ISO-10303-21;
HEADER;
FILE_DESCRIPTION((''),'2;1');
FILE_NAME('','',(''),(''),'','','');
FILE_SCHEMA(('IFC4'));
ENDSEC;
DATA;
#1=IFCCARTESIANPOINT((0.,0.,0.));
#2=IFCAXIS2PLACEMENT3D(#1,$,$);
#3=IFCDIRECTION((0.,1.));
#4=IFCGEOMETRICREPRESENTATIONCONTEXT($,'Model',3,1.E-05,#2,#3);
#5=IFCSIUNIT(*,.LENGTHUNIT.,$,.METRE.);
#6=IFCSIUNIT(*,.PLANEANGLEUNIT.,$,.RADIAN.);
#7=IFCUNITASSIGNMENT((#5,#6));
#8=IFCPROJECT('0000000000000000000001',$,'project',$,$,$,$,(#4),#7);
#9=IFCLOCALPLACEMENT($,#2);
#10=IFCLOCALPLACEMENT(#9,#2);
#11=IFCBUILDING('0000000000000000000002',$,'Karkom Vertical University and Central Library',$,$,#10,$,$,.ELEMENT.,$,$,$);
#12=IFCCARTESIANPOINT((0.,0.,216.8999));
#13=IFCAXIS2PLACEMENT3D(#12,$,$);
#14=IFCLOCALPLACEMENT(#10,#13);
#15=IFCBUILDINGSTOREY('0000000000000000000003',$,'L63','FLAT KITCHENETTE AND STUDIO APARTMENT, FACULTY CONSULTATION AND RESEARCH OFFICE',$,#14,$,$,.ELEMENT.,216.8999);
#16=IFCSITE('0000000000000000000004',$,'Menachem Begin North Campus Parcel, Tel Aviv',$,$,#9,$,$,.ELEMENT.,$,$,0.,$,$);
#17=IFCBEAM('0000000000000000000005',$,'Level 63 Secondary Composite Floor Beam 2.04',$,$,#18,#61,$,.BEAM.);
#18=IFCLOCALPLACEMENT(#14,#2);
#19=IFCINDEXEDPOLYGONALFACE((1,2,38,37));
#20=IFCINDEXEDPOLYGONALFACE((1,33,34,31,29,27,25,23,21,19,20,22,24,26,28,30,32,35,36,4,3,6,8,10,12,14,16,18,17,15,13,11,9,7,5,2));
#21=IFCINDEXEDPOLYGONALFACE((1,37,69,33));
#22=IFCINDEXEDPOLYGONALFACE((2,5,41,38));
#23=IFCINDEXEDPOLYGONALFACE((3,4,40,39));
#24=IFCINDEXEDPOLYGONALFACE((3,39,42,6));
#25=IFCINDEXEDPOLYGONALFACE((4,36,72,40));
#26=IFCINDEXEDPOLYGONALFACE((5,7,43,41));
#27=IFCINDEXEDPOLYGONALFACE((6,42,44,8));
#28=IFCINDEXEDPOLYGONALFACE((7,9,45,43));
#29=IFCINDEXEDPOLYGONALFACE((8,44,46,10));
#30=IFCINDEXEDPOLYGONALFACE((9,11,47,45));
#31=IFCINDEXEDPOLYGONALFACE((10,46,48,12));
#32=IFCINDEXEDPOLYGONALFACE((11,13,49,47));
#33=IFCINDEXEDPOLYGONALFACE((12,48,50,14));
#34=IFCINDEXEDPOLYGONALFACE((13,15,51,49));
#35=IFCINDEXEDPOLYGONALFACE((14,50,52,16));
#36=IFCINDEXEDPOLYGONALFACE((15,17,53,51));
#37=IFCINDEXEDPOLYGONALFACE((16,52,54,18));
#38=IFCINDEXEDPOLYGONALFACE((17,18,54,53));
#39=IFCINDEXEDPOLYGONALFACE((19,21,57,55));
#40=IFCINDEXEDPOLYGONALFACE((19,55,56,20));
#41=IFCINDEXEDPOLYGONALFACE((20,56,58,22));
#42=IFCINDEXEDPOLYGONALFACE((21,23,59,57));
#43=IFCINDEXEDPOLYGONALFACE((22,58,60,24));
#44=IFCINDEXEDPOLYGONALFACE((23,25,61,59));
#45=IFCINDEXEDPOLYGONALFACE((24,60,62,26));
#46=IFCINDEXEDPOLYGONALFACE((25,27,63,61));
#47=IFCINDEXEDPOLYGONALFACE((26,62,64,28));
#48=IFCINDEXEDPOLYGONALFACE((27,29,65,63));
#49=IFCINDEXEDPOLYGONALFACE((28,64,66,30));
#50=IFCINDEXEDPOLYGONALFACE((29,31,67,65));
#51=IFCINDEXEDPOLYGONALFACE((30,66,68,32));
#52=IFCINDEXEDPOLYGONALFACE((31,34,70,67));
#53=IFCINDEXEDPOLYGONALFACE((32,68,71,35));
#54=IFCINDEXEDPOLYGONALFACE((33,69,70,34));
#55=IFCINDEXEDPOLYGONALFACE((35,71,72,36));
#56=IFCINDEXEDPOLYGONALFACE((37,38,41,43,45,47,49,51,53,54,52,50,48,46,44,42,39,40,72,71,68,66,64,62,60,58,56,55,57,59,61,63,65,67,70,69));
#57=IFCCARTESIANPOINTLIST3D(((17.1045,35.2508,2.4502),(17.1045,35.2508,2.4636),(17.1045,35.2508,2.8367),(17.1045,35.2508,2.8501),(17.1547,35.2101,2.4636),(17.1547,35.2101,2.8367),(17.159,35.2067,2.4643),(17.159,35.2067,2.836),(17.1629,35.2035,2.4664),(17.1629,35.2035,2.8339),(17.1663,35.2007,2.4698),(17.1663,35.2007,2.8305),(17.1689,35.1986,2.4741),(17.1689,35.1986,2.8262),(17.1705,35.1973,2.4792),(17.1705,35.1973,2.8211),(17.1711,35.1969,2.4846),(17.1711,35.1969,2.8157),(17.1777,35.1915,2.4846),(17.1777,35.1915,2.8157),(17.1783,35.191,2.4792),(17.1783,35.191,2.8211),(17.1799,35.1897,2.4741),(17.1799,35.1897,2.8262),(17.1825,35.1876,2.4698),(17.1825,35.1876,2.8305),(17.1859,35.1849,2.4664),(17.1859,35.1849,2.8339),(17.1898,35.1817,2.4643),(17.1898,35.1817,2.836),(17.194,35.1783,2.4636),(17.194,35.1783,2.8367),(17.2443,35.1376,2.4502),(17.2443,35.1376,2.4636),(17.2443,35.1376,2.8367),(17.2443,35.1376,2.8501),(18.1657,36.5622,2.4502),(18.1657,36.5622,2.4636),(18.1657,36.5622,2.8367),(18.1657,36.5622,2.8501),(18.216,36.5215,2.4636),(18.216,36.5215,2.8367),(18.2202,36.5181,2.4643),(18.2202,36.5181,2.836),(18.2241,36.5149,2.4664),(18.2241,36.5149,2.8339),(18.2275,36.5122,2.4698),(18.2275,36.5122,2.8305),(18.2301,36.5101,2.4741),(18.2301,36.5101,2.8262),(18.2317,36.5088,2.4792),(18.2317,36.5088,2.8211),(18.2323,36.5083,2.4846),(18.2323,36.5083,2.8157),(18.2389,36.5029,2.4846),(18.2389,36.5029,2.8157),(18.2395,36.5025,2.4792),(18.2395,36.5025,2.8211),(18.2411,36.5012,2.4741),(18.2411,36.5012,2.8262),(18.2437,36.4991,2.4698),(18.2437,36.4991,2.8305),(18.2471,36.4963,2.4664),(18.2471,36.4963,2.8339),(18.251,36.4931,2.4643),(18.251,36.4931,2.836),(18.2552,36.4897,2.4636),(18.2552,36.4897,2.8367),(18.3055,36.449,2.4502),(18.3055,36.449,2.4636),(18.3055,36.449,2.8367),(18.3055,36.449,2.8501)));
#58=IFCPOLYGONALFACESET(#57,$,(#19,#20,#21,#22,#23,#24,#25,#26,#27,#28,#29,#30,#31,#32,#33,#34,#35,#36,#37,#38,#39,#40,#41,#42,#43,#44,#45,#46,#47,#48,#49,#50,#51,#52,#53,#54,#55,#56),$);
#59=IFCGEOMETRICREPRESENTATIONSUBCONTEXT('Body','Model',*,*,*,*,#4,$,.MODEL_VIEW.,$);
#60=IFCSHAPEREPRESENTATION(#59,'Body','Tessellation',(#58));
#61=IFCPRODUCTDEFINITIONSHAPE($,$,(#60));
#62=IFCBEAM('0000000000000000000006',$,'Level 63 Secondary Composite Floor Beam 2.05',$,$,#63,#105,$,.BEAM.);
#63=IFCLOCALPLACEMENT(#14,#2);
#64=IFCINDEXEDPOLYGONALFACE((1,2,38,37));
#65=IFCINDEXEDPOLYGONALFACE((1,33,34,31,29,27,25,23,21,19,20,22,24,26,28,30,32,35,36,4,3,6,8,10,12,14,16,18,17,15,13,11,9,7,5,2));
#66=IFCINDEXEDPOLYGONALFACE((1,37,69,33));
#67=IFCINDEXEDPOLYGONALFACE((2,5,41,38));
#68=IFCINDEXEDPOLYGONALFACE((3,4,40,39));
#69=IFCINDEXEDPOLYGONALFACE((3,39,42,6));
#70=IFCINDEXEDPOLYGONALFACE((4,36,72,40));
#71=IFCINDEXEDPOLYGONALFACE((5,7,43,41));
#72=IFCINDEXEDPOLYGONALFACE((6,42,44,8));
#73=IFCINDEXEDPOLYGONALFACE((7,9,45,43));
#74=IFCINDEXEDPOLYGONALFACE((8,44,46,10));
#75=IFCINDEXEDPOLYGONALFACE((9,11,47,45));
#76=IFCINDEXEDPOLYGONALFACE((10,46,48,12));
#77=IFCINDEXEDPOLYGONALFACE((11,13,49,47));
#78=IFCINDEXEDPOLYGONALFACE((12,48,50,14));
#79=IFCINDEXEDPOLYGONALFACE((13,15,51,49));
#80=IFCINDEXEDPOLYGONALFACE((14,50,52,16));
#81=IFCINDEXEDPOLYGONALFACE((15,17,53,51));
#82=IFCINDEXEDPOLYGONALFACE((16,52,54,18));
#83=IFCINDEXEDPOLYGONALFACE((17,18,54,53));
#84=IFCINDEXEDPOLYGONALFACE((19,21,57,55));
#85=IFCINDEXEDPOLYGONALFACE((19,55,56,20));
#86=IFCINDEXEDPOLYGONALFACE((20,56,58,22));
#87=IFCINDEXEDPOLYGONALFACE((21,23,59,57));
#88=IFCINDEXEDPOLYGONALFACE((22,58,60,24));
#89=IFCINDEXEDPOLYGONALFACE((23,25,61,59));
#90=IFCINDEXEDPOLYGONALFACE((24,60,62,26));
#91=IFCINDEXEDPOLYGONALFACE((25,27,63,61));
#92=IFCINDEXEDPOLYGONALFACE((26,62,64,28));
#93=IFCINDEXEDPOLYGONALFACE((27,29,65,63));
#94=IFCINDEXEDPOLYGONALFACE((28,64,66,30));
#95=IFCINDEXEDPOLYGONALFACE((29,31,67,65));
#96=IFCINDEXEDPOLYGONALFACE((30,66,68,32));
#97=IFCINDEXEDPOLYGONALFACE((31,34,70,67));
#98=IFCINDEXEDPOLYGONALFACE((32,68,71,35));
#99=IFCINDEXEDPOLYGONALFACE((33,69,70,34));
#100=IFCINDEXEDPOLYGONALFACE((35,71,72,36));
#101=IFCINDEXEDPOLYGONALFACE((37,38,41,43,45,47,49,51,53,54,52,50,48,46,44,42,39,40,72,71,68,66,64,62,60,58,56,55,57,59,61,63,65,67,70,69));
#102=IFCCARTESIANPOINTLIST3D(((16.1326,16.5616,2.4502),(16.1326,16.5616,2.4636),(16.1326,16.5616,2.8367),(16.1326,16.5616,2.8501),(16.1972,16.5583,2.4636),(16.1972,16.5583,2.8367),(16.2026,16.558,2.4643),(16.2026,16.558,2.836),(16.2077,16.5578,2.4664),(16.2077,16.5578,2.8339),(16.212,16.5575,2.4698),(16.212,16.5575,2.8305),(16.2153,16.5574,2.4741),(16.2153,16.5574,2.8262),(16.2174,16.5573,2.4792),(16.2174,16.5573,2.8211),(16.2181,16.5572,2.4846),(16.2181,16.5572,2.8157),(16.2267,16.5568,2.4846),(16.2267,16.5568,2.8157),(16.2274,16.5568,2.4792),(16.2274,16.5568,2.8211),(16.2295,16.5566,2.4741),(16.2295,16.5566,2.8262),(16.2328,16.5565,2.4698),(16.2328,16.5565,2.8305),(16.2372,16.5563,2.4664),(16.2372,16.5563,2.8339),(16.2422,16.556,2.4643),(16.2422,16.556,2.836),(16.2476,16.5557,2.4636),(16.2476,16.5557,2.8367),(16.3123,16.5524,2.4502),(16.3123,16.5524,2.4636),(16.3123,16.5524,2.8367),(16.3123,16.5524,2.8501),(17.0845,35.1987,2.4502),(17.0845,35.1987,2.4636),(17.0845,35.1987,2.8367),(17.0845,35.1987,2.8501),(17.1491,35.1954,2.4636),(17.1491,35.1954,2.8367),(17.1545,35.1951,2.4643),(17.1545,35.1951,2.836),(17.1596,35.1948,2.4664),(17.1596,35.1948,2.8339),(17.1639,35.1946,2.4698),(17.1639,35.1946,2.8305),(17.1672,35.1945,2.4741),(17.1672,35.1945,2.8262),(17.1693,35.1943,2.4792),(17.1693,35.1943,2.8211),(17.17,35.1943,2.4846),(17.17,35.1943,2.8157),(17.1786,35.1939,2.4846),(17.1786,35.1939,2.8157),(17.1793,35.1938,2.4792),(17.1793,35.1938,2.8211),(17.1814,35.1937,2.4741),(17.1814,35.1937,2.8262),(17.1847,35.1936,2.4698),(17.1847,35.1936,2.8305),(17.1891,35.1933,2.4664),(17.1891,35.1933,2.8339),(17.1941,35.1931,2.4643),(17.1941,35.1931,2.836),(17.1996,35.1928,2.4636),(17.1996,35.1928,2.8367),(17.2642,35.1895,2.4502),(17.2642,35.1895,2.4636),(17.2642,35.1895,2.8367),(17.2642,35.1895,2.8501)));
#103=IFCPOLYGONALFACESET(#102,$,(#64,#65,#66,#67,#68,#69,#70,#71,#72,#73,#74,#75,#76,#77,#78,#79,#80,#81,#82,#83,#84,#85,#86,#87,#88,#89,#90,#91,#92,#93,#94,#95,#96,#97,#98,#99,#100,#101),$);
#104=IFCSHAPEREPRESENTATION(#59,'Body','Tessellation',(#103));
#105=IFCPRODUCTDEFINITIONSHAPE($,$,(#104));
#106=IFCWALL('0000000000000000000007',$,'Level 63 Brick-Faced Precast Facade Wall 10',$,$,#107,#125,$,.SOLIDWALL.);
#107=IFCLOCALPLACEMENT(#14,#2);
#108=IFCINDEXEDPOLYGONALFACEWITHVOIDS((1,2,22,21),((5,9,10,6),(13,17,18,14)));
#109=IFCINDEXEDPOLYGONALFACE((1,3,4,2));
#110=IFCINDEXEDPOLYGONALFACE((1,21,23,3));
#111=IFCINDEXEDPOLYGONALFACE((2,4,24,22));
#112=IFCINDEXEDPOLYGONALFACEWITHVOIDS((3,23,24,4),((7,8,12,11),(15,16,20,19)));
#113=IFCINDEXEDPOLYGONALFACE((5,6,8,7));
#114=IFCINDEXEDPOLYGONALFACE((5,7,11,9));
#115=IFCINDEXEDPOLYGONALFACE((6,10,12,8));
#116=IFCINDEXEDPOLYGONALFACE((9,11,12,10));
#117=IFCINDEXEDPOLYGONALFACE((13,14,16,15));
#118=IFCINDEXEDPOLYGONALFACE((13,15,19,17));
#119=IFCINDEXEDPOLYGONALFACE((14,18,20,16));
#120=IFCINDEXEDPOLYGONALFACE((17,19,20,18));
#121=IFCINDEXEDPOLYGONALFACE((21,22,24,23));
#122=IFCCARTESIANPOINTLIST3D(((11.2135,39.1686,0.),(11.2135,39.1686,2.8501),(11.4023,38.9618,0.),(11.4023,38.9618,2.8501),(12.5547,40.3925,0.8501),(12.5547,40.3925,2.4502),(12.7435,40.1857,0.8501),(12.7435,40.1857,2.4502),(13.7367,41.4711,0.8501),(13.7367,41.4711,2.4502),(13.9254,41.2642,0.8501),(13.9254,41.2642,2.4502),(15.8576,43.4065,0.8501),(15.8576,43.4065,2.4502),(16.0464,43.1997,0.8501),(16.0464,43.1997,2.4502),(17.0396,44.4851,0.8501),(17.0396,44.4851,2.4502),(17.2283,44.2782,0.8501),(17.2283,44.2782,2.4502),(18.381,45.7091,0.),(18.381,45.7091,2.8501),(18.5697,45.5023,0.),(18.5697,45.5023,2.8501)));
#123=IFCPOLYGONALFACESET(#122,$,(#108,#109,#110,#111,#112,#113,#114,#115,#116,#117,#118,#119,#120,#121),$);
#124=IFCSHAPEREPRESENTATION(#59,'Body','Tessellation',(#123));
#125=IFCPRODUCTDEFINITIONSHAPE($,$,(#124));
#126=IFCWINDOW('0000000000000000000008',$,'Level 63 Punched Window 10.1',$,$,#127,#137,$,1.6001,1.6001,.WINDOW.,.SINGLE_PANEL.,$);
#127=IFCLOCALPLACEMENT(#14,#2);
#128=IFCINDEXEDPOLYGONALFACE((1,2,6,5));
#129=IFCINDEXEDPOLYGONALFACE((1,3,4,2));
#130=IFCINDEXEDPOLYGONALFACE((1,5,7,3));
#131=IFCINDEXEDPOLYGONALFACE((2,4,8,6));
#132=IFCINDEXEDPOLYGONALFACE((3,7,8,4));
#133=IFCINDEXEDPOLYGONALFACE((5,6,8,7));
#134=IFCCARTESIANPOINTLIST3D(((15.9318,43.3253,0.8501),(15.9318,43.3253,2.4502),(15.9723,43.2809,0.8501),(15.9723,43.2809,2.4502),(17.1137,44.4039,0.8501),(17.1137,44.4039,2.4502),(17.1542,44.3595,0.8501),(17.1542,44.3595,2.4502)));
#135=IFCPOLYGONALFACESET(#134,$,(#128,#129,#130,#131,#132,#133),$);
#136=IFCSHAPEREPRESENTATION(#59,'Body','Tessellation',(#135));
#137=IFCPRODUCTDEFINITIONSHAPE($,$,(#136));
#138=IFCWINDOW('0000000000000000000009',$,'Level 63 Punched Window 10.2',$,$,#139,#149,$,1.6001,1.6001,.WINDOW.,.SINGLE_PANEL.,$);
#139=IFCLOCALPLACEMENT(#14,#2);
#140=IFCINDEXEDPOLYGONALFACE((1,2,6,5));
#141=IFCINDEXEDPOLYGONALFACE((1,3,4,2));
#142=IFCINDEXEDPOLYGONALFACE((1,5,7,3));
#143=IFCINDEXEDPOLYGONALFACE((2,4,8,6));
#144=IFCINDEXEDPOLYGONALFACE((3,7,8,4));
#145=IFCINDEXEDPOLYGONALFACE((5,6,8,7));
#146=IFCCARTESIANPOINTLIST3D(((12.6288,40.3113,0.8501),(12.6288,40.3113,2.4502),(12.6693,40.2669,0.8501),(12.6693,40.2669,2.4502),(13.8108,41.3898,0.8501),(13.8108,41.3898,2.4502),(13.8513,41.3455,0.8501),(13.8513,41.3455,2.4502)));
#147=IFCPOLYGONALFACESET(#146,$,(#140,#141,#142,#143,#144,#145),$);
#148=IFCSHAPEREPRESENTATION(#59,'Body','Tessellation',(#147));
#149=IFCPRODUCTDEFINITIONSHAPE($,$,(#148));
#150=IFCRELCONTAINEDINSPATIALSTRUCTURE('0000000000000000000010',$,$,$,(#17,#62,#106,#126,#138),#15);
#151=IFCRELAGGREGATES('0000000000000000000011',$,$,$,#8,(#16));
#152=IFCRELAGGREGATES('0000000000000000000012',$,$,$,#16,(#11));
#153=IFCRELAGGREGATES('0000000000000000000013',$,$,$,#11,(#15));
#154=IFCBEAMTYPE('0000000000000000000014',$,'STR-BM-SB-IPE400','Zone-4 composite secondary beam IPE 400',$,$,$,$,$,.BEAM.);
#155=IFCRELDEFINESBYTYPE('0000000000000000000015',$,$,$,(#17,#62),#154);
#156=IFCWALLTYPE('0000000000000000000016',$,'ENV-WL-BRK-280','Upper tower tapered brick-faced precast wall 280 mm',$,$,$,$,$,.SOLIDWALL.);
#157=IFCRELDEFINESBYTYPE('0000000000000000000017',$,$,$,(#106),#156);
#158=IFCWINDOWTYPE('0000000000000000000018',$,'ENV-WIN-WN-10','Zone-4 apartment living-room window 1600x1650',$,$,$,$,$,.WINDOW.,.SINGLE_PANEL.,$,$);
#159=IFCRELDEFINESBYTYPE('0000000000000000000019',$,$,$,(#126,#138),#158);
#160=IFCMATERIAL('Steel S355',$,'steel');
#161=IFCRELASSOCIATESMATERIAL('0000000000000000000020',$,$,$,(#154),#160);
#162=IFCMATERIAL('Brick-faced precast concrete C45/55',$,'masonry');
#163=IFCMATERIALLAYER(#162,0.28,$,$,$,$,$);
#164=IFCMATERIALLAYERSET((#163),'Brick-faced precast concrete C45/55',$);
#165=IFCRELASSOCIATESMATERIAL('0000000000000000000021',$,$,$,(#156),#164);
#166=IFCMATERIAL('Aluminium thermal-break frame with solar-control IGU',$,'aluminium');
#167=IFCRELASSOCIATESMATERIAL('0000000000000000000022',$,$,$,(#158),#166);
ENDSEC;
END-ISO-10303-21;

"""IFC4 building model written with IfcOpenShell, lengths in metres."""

from ifc_helpers import new_model, si_unit, direction, frame, frame_2d, origin, origin_with_axes, origin_2d, place, context, subcontext, project, spatial, rectangle, i_section, extrude, source, transform, mapped, material, layer, layer_set, material_profile, profile_set, type_object, element, fill, save


model = new_model("IFC4")

# Units and contexts
model_context = context("Model", 3, precision=1e-05, world=origin(), true_north=direction((0.0, 1.0)))
body_context = subcontext(model_context, "Body", "Model", "MODEL_VIEW")
ifc_project = project(units=[si_unit("LENGTHUNIT", "METRE"), si_unit("PLANEANGLEUNIT", "RADIAN")], contexts=[model_context])

# Site, building, storey
site_placement = place(None, origin())
site = spatial("IfcSite", under=ifc_project, at=site_placement, Name="Menachem Begin North Campus Parcel, Tel Aviv", CompositionType="ELEMENT", RefElevation=0.0)
building_placement = place(site_placement, origin())
building = spatial("IfcBuilding", under=site, at=building_placement, Name="Karkom Vertical University and Central Library", CompositionType="ELEMENT")
storey_placement = place(building_placement, frame((0.0, 0.0, 216.8999)))
storey = spatial("IfcBuildingStorey", under=building, at=storey_placement, Name="L63", Description="FLAT KITCHENETTE AND STUDIO APARTMENT, FACULTY CONSULTATION AND RESEARCH OFFICE", CompositionType="ELEMENT", Elevation=216.8999)

# Beams
ifc_material_1 = material(Name="Steel S355", Category="steel")
ifc_material_profile_1 = material_profile(ifc_material_1, i_section(OverallWidth=0.1799, OverallDepth=0.3999, WebThickness=0.0085, FlangeThickness=0.0134, FilletRadius=0.021, at=origin_2d()), Name="IPE 400")
ifc_profile_set_1 = profile_set([ifc_material_profile_1], Name="Steel S355")
beam_type_1 = type_object("IfcBeamType", Name="STR-BM-SB-IPE400", Description="Zone-4 composite secondary beam IPE 400", PredefinedType="BEAM", material=ifc_profile_set_1)
shared_shape_1 = source(origin_with_axes(), body_context, "Body", "SweptSolid", [
    extrude(i_section(OverallWidth=0.1799, OverallDepth=0.3999, WebThickness=0.0085, FlangeThickness=0.0134, FilletRadius=0.021, at=origin_2d()), origin(), (0.0, 0.0, 1.0), 1.687),
])
beam_1_placement = place(storey_placement, frame((18.2356, 36.5056, 2.6501), z_axis=(-0.629044, -0.77737, 0.0), x_axis=(0.77737, -0.629044, 0.0)))
element("IfcBeam", 1, at=beam_1_placement, inside=storey, type_object=beam_type_1, Name="Level 63 Secondary Composite Floor Beam 2.04", PredefinedType="BEAM", context=body_context, shape_type="MappedRepresentation", body=[
    mapped(shared_shape_1, transform((0.0, 0.0, 0.0), scale=1.0)),
])
shared_shape_2 = source(origin_with_axes(), body_context, "Body", "SweptSolid", [
    extrude(i_section(OverallWidth=0.1799, OverallDepth=0.3999, WebThickness=0.0085, FlangeThickness=0.0134, FilletRadius=0.021, at=origin_2d()), origin(), (0.0, 0.0, 1.0), 18.6614),
])
beam_2_placement = place(storey_placement, frame((17.1743, 35.1941, 2.6501), z_axis=(-0.05101, -0.998698, 0.0), x_axis=(0.998698, -0.05101, 0.0)))
element("IfcBeam", 2, at=beam_2_placement, inside=storey, type_object=beam_type_1, Name="Level 63 Secondary Composite Floor Beam 2.05", PredefinedType="BEAM", context=body_context, shape_type="MappedRepresentation", body=[
    mapped(shared_shape_2, transform((0.0, 0.0, 0.0), scale=1.0)),
])

# Wall, openings, windows
ifc_material_2 = material(Name="Brick-faced precast concrete C45/55", Category="masonry")
ifc_layer_1 = layer(ifc_material_2, 0.28)
ifc_layer_set_1 = layer_set([ifc_layer_1], Name="Brick-faced precast concrete C45/55")
wall_type_1 = type_object("IfcWallType", Name="ENV-WL-BRK-280", Description="Upper tower tapered brick-faced precast wall 280 mm", PredefinedType="SOLIDWALL", material=ifc_layer_set_1)
wall_1_placement = place(storey_placement, frame((18.4753, 45.6057, 0.0), z_axis=(0.0, 0.0, 1.0), x_axis=(-0.738675, -0.674062, 0.0)))
wall_1 = element("IfcWall", 3, at=wall_1_placement, inside=storey, type_object=wall_type_1, Name="Level 63 Brick-Faced Precast Facade Wall 10", PredefinedType="SOLIDWALL", context=body_context, shape_type="SweptSolid", body=[
    extrude(rectangle(XDim=9.7031, YDim=0.28, at=frame_2d((4.8516, 0.0))), origin(), (0.0, 0.0, 1.0), 2.8501),
])
opening_1_placement = place(wall_1_placement, frame((1.8159, 0.0, 0.8501)))
opening_1 = element("IfcOpeningElement", 4, at=opening_1_placement, cuts=wall_1, PredefinedType="OPENING", context=body_context, shape_type="SweptSolid", body=[
    extrude(rectangle(XDim=1.6001, YDim=1.6001, at=frame_2d((0.8, 0.8))), frame((0.0, 0.1499, 0.0), z_axis=(0.0, -1.0, 0.0), x_axis=(1.0, 0.0, 0.0)), (0.0, 0.0, 1.0), 0.3),
])
opening_2_placement = place(wall_1_placement, frame((6.2874, 0.0, 0.8501)))
opening_2 = element("IfcOpeningElement", 5, at=opening_2_placement, cuts=wall_1, PredefinedType="OPENING", context=body_context, shape_type="SweptSolid", body=[
    extrude(rectangle(XDim=1.6001, YDim=1.6001, at=frame_2d((0.8, 0.8))), frame((0.0, 0.1499, 0.0), z_axis=(0.0, -1.0, 0.0), x_axis=(1.0, 0.0, 0.0)), (0.0, 0.0, 1.0), 0.3),
])
ifc_material_3 = material(Name="Aluminium thermal-break frame with solar-control IGU", Category="aluminium")
window_type = type_object("IfcWindowType", Name="ENV-WIN-WN-10", Description="Zone-4 apartment living-room window 1600x1650", PartitioningType="SINGLE_PANEL", PredefinedType="WINDOW", material=ifc_material_3)
shared_shape_3 = source(origin_with_axes(), body_context, "Body", "SweptSolid", [
    extrude(rectangle(XDim=1.6001, YDim=1.6001, at=frame_2d((0.8, 0.8))), frame((0.0, 0.03, 0.0), z_axis=(0.0, -1.0, 0.0), x_axis=(1.0, 0.0, 0.0)), (0.0, 0.0, 1.0), 0.0601),
])
window_1_placement = place(opening_1_placement, origin())
window_1 = element("IfcWindow", 6, at=window_1_placement, inside=storey, type_object=window_type, Name="Level 63 Punched Window 10.1", OverallHeight=1.6001, OverallWidth=1.6001, PartitioningType="SINGLE_PANEL", PredefinedType="WINDOW", context=body_context, shape_type="MappedRepresentation", body=[
    mapped(shared_shape_3, transform((0.0, 0.0, 0.0), scale=1.0)),
])
fill(opening_1, window_1)
window_2_placement = place(opening_2_placement, origin())
window_2 = element("IfcWindow", 7, at=window_2_placement, inside=storey, type_object=window_type, Name="Level 63 Punched Window 10.2", OverallHeight=1.6001, OverallWidth=1.6001, PartitioningType="SINGLE_PANEL", PredefinedType="WINDOW", context=body_context, shape_type="MappedRepresentation", body=[
    mapped(shared_shape_3, transform((0.0, 0.0, 0.0), scale=1.0)),
])
fill(opening_2, window_2)

save(model, "model.ifc")
